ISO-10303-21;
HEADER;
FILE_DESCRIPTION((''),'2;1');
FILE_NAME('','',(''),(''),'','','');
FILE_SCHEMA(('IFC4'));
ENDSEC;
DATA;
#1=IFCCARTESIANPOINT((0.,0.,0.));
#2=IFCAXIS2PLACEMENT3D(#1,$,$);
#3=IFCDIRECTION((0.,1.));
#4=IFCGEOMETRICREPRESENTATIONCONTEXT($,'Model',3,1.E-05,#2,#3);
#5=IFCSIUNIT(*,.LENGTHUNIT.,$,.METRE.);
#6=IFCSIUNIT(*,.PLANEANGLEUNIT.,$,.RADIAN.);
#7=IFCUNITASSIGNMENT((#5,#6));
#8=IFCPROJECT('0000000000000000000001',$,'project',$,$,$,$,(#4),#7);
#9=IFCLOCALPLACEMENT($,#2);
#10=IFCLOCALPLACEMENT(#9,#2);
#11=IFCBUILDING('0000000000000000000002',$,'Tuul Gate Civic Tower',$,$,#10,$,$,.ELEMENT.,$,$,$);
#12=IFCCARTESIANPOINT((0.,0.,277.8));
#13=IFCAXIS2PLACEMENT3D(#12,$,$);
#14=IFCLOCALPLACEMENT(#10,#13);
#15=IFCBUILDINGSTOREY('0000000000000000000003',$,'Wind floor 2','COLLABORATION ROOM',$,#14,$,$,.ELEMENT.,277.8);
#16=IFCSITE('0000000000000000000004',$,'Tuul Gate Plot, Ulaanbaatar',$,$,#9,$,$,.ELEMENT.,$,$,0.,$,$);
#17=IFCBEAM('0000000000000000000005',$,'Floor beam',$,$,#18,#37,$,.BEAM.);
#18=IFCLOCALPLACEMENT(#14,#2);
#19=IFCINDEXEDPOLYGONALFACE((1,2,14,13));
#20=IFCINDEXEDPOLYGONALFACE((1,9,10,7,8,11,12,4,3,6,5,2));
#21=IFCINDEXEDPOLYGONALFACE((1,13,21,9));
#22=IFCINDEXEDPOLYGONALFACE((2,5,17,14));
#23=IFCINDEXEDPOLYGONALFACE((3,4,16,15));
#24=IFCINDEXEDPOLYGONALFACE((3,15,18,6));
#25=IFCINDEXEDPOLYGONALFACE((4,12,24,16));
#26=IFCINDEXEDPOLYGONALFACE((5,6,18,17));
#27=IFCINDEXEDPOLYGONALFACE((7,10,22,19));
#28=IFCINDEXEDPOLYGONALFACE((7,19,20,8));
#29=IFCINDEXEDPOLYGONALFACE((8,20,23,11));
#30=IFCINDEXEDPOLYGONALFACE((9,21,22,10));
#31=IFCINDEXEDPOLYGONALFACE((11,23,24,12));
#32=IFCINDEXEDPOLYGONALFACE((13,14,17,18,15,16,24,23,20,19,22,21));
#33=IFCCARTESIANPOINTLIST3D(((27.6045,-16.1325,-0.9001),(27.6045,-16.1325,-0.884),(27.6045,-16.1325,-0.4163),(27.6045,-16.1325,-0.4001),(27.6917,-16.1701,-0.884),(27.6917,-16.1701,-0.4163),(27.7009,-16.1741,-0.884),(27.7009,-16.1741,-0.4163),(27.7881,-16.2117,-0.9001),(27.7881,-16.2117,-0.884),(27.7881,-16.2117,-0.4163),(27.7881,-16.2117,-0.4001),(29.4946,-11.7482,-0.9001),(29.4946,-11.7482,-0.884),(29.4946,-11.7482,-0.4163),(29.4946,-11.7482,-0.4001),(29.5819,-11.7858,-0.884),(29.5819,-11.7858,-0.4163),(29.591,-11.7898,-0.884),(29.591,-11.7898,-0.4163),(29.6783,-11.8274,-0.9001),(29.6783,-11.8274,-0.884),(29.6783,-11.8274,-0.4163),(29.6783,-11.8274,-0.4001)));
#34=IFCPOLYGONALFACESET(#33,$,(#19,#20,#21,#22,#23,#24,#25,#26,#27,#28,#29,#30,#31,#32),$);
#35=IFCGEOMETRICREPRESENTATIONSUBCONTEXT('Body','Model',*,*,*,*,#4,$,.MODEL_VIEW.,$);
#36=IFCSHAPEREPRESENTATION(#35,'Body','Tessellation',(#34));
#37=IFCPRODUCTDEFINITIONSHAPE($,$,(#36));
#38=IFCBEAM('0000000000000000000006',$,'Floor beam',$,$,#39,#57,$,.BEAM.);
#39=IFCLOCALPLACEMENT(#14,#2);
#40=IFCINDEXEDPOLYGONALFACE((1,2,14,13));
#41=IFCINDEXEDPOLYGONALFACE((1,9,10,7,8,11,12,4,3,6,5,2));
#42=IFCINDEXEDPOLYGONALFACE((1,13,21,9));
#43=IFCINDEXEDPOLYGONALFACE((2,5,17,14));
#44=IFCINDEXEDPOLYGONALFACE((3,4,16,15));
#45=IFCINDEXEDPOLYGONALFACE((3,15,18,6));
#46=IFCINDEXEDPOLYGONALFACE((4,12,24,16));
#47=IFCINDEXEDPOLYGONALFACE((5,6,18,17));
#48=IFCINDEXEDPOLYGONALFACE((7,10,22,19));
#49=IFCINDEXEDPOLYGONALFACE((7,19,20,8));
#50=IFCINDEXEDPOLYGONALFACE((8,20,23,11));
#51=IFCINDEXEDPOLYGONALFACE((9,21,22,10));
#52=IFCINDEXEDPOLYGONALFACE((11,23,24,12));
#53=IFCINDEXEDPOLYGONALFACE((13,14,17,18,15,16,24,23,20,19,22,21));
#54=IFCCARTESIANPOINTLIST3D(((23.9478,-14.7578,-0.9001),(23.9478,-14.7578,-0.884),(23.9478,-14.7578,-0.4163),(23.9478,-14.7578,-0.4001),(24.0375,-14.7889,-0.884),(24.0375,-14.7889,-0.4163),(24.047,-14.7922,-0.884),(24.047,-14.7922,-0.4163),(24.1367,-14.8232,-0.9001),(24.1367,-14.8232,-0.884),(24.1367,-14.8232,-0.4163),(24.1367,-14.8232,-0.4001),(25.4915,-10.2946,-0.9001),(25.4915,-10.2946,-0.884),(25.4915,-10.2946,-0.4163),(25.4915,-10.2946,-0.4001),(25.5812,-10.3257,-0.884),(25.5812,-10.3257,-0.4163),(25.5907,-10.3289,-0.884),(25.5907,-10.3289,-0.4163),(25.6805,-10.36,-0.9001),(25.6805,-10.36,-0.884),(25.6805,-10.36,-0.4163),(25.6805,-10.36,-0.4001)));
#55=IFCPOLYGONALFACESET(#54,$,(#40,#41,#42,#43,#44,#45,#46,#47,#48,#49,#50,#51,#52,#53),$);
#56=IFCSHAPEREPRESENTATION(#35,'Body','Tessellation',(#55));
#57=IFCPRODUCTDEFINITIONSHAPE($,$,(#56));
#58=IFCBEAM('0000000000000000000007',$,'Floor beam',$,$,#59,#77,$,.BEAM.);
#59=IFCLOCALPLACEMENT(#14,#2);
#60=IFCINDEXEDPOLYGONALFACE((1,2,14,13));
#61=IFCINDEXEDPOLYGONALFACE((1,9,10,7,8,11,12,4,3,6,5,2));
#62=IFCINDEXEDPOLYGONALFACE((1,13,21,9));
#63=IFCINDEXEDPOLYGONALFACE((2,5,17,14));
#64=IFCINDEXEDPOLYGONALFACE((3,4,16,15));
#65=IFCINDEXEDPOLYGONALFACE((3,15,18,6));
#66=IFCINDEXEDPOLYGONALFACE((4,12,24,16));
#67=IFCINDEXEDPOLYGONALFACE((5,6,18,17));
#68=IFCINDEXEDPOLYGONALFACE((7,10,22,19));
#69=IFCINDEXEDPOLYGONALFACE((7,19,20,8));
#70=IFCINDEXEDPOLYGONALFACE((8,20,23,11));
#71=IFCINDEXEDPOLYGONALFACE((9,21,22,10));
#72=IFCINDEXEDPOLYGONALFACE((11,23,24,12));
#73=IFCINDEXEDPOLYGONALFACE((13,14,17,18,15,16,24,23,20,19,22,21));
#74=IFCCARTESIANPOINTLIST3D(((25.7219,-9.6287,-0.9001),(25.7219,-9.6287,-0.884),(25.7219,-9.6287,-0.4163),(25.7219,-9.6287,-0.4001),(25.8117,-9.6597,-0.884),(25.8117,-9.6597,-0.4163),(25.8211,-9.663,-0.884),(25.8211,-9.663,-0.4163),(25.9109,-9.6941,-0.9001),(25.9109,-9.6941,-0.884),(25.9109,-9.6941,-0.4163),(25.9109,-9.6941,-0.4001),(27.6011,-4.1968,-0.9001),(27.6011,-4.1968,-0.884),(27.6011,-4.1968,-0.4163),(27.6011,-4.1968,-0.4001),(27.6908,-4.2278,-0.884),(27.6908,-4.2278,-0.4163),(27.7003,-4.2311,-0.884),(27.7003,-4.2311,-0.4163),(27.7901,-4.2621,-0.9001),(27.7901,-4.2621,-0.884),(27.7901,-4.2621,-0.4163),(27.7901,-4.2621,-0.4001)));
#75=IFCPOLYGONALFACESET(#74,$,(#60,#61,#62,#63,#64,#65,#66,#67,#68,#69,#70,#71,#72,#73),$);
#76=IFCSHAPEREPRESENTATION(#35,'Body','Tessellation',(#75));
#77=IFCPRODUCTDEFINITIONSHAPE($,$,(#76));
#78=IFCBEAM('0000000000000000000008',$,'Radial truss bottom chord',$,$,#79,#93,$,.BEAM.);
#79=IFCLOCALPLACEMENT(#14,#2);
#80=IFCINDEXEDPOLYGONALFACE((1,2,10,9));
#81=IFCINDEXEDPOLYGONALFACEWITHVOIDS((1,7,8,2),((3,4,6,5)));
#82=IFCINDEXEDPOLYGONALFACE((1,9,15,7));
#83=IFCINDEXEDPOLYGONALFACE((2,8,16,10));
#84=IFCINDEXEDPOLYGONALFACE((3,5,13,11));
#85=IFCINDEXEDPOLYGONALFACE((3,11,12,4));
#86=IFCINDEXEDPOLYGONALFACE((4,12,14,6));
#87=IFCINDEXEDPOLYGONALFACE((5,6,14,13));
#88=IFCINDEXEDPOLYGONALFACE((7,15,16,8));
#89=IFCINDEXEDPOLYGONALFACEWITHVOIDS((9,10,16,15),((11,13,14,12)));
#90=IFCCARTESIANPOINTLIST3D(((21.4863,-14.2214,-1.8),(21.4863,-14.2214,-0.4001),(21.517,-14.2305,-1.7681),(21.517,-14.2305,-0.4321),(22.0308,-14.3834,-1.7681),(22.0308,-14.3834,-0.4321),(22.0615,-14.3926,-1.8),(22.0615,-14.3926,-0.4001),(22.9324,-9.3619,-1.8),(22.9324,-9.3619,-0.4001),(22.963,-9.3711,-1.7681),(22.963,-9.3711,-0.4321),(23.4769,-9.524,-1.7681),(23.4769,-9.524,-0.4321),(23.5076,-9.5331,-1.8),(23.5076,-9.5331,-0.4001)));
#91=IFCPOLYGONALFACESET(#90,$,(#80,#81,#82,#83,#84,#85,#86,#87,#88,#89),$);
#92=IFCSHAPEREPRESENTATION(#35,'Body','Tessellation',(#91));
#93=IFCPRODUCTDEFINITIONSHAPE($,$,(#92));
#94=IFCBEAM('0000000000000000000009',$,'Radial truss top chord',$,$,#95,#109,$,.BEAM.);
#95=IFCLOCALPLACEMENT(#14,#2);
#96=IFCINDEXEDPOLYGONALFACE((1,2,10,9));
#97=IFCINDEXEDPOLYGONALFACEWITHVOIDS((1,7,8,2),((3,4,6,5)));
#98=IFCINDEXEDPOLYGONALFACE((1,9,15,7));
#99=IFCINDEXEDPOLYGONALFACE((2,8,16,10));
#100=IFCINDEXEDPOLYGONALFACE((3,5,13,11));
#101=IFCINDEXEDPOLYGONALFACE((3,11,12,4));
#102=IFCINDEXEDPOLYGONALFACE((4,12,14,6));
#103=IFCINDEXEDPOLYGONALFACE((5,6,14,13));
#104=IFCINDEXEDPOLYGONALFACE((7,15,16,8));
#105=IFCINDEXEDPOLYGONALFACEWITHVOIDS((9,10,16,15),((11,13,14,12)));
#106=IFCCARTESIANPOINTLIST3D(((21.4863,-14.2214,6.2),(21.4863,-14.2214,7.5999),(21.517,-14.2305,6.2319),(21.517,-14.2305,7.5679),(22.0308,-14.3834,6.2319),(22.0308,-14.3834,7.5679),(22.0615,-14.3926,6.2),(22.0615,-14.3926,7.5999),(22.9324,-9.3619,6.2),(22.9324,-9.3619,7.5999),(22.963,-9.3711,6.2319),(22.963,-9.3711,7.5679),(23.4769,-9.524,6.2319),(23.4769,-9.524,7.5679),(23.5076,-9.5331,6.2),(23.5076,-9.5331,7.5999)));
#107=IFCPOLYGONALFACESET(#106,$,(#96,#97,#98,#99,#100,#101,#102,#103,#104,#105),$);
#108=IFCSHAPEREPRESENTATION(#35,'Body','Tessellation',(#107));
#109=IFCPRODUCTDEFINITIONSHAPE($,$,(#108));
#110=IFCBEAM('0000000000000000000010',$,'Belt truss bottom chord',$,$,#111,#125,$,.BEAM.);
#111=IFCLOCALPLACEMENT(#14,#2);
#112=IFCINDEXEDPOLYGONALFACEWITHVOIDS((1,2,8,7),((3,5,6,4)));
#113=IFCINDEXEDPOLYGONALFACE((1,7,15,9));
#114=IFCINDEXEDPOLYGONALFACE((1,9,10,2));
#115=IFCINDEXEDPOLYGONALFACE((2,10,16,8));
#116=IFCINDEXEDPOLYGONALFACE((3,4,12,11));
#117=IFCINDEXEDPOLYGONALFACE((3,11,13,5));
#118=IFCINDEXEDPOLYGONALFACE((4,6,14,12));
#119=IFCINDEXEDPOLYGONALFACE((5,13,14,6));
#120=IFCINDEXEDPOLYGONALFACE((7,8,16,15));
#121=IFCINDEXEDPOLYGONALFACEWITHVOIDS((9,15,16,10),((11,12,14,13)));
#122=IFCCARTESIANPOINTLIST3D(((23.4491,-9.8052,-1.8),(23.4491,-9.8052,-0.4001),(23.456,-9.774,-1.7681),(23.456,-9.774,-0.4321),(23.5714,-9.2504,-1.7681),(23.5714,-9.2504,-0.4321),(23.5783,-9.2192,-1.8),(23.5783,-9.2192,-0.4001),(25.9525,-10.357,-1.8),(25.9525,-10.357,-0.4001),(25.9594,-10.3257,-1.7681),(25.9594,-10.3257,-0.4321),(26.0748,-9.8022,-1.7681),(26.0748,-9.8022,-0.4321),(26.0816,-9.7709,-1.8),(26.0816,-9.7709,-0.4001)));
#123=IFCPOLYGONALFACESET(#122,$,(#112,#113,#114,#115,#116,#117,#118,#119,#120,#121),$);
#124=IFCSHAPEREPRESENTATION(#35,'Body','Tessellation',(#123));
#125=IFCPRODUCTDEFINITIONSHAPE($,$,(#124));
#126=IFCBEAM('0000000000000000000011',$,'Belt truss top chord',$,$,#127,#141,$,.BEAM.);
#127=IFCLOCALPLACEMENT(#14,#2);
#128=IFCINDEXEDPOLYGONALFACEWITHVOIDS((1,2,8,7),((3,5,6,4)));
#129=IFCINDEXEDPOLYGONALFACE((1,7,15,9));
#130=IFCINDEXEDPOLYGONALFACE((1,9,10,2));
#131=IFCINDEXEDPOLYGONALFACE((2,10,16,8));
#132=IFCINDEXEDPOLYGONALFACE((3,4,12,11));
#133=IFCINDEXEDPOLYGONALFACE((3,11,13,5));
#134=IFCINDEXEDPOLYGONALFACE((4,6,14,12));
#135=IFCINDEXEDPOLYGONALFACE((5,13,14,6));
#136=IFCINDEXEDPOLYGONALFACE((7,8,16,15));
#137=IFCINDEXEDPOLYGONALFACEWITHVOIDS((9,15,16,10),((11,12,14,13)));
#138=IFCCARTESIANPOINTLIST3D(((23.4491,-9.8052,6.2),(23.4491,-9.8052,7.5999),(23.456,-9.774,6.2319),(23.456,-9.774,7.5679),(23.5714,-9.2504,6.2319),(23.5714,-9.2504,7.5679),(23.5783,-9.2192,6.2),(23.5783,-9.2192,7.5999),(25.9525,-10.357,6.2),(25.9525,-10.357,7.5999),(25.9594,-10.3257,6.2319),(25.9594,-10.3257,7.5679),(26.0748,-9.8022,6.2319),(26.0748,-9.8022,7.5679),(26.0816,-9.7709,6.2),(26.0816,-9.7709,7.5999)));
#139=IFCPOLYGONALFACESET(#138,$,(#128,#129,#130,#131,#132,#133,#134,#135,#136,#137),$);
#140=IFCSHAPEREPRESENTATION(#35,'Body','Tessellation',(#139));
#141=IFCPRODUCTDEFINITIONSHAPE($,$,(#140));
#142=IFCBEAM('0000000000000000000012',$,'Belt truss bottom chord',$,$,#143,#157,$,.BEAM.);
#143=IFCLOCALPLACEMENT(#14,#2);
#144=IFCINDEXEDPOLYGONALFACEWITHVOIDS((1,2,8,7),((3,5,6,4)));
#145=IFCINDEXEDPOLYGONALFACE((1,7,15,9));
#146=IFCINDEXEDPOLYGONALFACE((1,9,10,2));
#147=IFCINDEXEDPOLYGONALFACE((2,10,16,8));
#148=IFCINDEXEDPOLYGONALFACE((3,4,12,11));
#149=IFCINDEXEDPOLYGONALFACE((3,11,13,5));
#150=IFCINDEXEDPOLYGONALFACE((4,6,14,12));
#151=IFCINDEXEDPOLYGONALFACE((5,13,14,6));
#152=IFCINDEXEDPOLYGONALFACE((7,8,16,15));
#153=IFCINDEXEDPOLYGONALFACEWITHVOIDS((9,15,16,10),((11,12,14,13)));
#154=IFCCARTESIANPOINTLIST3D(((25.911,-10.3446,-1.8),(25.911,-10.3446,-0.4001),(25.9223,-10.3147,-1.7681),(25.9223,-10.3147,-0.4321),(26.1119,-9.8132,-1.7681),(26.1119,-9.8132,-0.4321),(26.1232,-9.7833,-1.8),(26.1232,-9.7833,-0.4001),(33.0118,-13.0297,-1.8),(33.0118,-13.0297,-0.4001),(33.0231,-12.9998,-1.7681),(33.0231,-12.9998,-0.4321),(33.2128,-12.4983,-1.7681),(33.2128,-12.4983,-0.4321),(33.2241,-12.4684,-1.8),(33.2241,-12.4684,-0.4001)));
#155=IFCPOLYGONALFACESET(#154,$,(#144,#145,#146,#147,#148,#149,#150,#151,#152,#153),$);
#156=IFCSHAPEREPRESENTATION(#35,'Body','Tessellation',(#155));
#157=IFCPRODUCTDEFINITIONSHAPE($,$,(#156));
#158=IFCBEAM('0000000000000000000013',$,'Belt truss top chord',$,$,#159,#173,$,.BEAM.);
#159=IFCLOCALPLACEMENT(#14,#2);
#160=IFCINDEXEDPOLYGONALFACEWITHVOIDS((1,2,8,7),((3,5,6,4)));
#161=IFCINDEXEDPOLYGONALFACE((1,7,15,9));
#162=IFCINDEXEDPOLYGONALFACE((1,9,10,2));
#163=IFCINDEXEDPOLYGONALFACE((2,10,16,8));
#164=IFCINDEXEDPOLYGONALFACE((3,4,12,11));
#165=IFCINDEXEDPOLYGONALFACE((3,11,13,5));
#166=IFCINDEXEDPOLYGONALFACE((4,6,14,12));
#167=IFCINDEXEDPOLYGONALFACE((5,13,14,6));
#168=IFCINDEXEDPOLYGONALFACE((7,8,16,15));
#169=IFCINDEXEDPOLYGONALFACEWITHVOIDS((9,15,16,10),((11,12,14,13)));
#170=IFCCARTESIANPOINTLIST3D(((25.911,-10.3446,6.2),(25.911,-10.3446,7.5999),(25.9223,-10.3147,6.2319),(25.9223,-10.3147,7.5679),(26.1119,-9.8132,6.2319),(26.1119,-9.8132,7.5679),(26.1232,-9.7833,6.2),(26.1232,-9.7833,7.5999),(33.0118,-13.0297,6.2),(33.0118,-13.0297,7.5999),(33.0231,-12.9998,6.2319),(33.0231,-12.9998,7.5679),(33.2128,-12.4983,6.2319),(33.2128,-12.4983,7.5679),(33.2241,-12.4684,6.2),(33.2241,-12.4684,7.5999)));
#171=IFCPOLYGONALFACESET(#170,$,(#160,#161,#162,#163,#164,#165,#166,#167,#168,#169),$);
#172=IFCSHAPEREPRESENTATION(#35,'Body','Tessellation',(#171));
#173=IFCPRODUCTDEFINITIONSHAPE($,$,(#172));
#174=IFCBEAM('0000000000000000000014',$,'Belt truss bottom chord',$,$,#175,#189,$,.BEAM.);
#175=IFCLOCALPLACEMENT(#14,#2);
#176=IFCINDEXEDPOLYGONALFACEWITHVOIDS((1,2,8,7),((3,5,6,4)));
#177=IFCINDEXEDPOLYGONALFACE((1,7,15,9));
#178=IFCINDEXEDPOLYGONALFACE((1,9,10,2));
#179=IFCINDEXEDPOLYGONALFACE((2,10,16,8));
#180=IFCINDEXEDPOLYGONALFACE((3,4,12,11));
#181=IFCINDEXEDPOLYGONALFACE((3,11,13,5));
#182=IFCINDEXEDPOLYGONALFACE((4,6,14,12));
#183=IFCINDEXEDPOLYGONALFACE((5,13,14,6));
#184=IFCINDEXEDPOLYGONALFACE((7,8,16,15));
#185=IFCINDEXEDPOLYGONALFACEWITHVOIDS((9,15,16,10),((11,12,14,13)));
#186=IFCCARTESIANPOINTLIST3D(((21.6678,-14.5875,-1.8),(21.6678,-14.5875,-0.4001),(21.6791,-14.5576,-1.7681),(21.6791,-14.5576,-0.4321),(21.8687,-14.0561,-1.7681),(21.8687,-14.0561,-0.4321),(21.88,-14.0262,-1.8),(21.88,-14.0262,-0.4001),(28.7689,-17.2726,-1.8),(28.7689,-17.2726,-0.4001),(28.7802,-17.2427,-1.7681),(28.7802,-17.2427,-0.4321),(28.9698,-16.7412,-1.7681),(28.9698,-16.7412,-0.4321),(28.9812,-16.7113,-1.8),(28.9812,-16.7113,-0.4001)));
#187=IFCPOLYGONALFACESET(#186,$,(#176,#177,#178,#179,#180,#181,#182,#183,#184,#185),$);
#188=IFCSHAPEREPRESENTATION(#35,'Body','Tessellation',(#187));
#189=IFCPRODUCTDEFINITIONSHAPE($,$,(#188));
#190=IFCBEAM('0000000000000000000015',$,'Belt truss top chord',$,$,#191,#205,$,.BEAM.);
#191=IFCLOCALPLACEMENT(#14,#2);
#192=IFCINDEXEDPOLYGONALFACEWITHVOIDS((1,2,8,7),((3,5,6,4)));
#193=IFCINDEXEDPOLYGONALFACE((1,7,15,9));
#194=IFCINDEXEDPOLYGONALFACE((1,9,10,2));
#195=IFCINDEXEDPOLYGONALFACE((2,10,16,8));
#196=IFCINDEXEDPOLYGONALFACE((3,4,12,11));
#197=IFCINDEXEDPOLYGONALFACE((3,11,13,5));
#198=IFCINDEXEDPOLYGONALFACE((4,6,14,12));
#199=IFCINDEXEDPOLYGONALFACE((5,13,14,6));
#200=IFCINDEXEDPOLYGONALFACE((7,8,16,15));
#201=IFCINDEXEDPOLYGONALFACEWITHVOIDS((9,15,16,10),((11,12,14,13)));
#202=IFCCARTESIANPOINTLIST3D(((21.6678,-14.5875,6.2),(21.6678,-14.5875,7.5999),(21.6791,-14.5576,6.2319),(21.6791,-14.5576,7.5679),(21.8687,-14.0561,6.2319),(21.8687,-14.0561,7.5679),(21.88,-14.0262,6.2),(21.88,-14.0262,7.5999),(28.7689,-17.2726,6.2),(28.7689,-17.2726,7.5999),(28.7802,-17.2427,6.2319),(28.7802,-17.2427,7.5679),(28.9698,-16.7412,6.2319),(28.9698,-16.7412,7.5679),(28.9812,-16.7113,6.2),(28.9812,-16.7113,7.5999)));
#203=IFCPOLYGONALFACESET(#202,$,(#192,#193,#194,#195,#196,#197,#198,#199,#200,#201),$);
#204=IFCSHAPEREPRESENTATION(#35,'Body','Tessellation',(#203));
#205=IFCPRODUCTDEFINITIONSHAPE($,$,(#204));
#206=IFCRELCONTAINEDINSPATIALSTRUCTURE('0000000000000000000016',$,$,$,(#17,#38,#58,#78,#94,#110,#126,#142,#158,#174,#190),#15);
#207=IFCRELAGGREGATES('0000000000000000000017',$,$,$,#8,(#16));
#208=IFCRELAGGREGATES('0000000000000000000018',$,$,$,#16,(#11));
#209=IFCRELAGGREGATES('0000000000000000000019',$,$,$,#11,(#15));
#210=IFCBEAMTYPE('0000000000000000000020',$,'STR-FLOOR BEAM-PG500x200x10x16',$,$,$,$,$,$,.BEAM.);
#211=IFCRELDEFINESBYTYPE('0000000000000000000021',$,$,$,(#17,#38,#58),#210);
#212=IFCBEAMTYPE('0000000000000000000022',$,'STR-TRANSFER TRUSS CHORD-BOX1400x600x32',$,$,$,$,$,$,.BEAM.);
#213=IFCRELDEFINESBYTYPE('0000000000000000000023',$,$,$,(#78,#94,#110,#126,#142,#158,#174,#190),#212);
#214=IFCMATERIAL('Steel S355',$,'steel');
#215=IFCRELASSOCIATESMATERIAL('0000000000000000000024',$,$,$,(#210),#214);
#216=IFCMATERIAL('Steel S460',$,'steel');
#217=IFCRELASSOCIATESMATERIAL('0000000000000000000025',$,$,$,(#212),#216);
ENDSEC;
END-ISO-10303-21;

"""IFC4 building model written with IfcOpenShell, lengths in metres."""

from ifc_helpers import new_model, si_unit, direction, frame, origin, origin_2d, place, context, subcontext, project, spatial, hollow_rectangle, i_section, extrude, material, material_profile, profile_set, type_object, element, save


model = new_model("IFC4")

# Units and contexts
model_context = context("Model", 3, precision=1e-05, world=origin(), true_north=direction((0.0, 1.0)))
body_context = subcontext(model_context, "Body", "Model", "MODEL_VIEW")
ifc_project = project(units=[si_unit("LENGTHUNIT", "METRE"), si_unit("PLANEANGLEUNIT", "RADIAN")], contexts=[model_context])

# Site, building, storey
site_placement = place(None, origin())
site = spatial("IfcSite", under=ifc_project, at=site_placement, Name="Tuul Gate Plot, Ulaanbaatar", CompositionType="ELEMENT", RefElevation=0.0)
building_placement = place(site_placement, origin())
building = spatial("IfcBuilding", under=site, at=building_placement, Name="Tuul Gate Civic Tower", CompositionType="ELEMENT")
storey_placement = place(building_placement, frame((0.0, 0.0, 277.8)))
storey = spatial("IfcBuildingStorey", under=building, at=storey_placement, Name="Wind floor 2", Description="COLLABORATION ROOM", CompositionType="ELEMENT", Elevation=277.8)

# Beams
ifc_material_1 = material(Name="Steel S355", Category="steel")
ifc_material_profile_1 = material_profile(ifc_material_1, i_section(OverallWidth=0.2, OverallDepth=0.5, WebThickness=0.01, FlangeThickness=0.0161, at=origin_2d()), Name="PG500x200x10x16")
ifc_profile_set_1 = profile_set([ifc_material_profile_1], Name="Steel S355")
beam_type_1 = type_object("IfcBeamType", Name="STR-FLOOR BEAM-PG500x200x10x16", PredefinedType="BEAM", material=ifc_profile_set_1)
beam_1_placement = place(storey_placement, frame((27.6963, -16.1721, -0.6501), z_axis=(0.395893, 0.918297, 0.0), x_axis=(-0.918297, 0.395893, 0.0)))
element("IfcBeam", 1, at=beam_1_placement, inside=storey, type_object=beam_type_1, Name="Floor beam", PredefinedType="BEAM", context=body_context, shape_type="SweptSolid", body=[
    extrude(i_section(OverallWidth=0.2, OverallDepth=0.5, WebThickness=0.01, FlangeThickness=0.0161, at=origin_2d()), origin(), (0.0, 0.0, 1.0), 4.7744),
])
beam_2_placement = place(storey_placement, frame((24.0422, -14.7905, -0.6501), z_axis=(0.326878, 0.945067, 0.0), x_axis=(-0.945067, 0.326878, 0.0)))
element("IfcBeam", 2, at=beam_2_placement, inside=storey, type_object=beam_type_1, Name="Floor beam", PredefinedType="BEAM", context=body_context, shape_type="SweptSolid", body=[
    extrude(i_section(OverallWidth=0.2, OverallDepth=0.5, WebThickness=0.01, FlangeThickness=0.0161, at=origin_2d()), origin(), (0.0, 0.0, 1.0), 4.7227),
])
beam_3_placement = place(storey_placement, frame((25.8164, -9.6614, -0.6501), z_axis=(0.326937, 0.945046, 0.0), x_axis=(-0.945046, 0.326937, 0.0)))
element("IfcBeam", 3, at=beam_3_placement, inside=storey, type_object=beam_type_1, Name="Floor beam", PredefinedType="BEAM", context=body_context, shape_type="SweptSolid", body=[
    extrude(i_section(OverallWidth=0.2, OverallDepth=0.5, WebThickness=0.01, FlangeThickness=0.0161, at=origin_2d()), origin(), (0.0, 0.0, 1.0), 5.7478),
])
ifc_material_2 = material(Name="Steel S460", Category="steel")
ifc_material_profile_2 = material_profile(ifc_material_2, hollow_rectangle(XDim=0.6001, YDim=1.3999, WallThickness=0.032, at=origin_2d()), Name="BOX1400x600x32")
ifc_profile_set_2 = profile_set([ifc_material_profile_2], Name="Steel S460")
beam_type_2 = type_object("IfcBeamType", Name="STR-TRANSFER TRUSS CHORD-BOX1400x600x32", PredefinedType="BEAM", material=ifc_profile_set_2)
for number, where, z_axis, x_axis, name in (
    (4, (23.22, -9.4475, -1.1001), (-0.285218, -0.958463, 0.0), (0.958463, -0.285218, 0.0), "Radial truss bottom chord"),
    (5, (23.22, -9.4475, 6.8999), (-0.285218, -0.958463, 0.0), (0.958463, -0.285218, 0.0), "Radial truss top chord"),
):
    element("IfcBeam", number, at=place(storey_placement, frame(where, z_axis=z_axis, x_axis=x_axis)), inside=storey, type_object=beam_type_2, Name=name, PredefinedType="BEAM", context=body_context, shape_type="SweptSolid", body=[
        extrude(hollow_rectangle(XDim=0.6001, YDim=1.3999, WallThickness=0.032, at=origin_2d()), origin(), (0.0, 0.0, 1.0), 5.0701),
    ])
for number, where, z_axis, x_axis, name in (
    (6, (23.5137, -9.5122, -1.1001), (0.976562, -0.215236, 0.0), (0.215236, 0.976562, 0.0), "Belt truss bottom chord"),
    (7, (23.5137, -9.5122, 6.8999), (0.976562, -0.215236, 0.0), (0.215236, 0.976562, 0.0), "Belt truss top chord"),
):
    element("IfcBeam", number, at=place(storey_placement, frame(where, z_axis=z_axis, x_axis=x_axis)), inside=storey, type_object=beam_type_2, Name=name, PredefinedType="BEAM", context=body_context, shape_type="SweptSolid", body=[
        extrude(hollow_rectangle(XDim=0.6001, YDim=1.3999, WallThickness=0.032, at=origin_2d()), origin(), (0.0, 0.0, 1.0), 2.5635),
    ])
for number, where, z_axis, x_axis, name in (
    (8, (26.0171, -10.064, -1.1001), (0.935362, -0.353691, 0.0), (0.353691, 0.935362, 0.0), "Belt truss bottom chord"),
    (9, (26.0171, -10.064, 6.8999), (0.935362, -0.353691, 0.0), (0.353691, 0.935362, 0.0), "Belt truss top chord"),
):
    element("IfcBeam", number, at=place(storey_placement, frame(where, z_axis=z_axis, x_axis=x_axis)), inside=storey, type_object=beam_type_2, Name=name, PredefinedType="BEAM", context=body_context, shape_type="SweptSolid", body=[
        extrude(hollow_rectangle(XDim=0.6001, YDim=1.3999, WallThickness=0.032, at=origin_2d()), origin(), (0.0, 0.0, 1.0), 7.5916),
    ])
for number, where, z_axis, x_axis, name in (
    (10, (21.7739, -14.3069, -1.1001), (0.935366, -0.353681, 0.0), (0.353681, 0.935366, 0.0), "Belt truss bottom chord"),
    (11, (21.7739, -14.3069, 6.8999), (0.935366, -0.353681, 0.0), (0.353681, 0.935366, 0.0), "Belt truss top chord"),
):
    element("IfcBeam", number, at=place(storey_placement, frame(where, z_axis=z_axis, x_axis=x_axis)), inside=storey, type_object=beam_type_2, Name=name, PredefinedType="BEAM", context=body_context, shape_type="SweptSolid", body=[
        extrude(hollow_rectangle(XDim=0.6001, YDim=1.3999, WallThickness=0.032, at=origin_2d()), origin(), (0.0, 0.0, 1.0), 7.5918),
    ])

save(model, "model.ifc")
